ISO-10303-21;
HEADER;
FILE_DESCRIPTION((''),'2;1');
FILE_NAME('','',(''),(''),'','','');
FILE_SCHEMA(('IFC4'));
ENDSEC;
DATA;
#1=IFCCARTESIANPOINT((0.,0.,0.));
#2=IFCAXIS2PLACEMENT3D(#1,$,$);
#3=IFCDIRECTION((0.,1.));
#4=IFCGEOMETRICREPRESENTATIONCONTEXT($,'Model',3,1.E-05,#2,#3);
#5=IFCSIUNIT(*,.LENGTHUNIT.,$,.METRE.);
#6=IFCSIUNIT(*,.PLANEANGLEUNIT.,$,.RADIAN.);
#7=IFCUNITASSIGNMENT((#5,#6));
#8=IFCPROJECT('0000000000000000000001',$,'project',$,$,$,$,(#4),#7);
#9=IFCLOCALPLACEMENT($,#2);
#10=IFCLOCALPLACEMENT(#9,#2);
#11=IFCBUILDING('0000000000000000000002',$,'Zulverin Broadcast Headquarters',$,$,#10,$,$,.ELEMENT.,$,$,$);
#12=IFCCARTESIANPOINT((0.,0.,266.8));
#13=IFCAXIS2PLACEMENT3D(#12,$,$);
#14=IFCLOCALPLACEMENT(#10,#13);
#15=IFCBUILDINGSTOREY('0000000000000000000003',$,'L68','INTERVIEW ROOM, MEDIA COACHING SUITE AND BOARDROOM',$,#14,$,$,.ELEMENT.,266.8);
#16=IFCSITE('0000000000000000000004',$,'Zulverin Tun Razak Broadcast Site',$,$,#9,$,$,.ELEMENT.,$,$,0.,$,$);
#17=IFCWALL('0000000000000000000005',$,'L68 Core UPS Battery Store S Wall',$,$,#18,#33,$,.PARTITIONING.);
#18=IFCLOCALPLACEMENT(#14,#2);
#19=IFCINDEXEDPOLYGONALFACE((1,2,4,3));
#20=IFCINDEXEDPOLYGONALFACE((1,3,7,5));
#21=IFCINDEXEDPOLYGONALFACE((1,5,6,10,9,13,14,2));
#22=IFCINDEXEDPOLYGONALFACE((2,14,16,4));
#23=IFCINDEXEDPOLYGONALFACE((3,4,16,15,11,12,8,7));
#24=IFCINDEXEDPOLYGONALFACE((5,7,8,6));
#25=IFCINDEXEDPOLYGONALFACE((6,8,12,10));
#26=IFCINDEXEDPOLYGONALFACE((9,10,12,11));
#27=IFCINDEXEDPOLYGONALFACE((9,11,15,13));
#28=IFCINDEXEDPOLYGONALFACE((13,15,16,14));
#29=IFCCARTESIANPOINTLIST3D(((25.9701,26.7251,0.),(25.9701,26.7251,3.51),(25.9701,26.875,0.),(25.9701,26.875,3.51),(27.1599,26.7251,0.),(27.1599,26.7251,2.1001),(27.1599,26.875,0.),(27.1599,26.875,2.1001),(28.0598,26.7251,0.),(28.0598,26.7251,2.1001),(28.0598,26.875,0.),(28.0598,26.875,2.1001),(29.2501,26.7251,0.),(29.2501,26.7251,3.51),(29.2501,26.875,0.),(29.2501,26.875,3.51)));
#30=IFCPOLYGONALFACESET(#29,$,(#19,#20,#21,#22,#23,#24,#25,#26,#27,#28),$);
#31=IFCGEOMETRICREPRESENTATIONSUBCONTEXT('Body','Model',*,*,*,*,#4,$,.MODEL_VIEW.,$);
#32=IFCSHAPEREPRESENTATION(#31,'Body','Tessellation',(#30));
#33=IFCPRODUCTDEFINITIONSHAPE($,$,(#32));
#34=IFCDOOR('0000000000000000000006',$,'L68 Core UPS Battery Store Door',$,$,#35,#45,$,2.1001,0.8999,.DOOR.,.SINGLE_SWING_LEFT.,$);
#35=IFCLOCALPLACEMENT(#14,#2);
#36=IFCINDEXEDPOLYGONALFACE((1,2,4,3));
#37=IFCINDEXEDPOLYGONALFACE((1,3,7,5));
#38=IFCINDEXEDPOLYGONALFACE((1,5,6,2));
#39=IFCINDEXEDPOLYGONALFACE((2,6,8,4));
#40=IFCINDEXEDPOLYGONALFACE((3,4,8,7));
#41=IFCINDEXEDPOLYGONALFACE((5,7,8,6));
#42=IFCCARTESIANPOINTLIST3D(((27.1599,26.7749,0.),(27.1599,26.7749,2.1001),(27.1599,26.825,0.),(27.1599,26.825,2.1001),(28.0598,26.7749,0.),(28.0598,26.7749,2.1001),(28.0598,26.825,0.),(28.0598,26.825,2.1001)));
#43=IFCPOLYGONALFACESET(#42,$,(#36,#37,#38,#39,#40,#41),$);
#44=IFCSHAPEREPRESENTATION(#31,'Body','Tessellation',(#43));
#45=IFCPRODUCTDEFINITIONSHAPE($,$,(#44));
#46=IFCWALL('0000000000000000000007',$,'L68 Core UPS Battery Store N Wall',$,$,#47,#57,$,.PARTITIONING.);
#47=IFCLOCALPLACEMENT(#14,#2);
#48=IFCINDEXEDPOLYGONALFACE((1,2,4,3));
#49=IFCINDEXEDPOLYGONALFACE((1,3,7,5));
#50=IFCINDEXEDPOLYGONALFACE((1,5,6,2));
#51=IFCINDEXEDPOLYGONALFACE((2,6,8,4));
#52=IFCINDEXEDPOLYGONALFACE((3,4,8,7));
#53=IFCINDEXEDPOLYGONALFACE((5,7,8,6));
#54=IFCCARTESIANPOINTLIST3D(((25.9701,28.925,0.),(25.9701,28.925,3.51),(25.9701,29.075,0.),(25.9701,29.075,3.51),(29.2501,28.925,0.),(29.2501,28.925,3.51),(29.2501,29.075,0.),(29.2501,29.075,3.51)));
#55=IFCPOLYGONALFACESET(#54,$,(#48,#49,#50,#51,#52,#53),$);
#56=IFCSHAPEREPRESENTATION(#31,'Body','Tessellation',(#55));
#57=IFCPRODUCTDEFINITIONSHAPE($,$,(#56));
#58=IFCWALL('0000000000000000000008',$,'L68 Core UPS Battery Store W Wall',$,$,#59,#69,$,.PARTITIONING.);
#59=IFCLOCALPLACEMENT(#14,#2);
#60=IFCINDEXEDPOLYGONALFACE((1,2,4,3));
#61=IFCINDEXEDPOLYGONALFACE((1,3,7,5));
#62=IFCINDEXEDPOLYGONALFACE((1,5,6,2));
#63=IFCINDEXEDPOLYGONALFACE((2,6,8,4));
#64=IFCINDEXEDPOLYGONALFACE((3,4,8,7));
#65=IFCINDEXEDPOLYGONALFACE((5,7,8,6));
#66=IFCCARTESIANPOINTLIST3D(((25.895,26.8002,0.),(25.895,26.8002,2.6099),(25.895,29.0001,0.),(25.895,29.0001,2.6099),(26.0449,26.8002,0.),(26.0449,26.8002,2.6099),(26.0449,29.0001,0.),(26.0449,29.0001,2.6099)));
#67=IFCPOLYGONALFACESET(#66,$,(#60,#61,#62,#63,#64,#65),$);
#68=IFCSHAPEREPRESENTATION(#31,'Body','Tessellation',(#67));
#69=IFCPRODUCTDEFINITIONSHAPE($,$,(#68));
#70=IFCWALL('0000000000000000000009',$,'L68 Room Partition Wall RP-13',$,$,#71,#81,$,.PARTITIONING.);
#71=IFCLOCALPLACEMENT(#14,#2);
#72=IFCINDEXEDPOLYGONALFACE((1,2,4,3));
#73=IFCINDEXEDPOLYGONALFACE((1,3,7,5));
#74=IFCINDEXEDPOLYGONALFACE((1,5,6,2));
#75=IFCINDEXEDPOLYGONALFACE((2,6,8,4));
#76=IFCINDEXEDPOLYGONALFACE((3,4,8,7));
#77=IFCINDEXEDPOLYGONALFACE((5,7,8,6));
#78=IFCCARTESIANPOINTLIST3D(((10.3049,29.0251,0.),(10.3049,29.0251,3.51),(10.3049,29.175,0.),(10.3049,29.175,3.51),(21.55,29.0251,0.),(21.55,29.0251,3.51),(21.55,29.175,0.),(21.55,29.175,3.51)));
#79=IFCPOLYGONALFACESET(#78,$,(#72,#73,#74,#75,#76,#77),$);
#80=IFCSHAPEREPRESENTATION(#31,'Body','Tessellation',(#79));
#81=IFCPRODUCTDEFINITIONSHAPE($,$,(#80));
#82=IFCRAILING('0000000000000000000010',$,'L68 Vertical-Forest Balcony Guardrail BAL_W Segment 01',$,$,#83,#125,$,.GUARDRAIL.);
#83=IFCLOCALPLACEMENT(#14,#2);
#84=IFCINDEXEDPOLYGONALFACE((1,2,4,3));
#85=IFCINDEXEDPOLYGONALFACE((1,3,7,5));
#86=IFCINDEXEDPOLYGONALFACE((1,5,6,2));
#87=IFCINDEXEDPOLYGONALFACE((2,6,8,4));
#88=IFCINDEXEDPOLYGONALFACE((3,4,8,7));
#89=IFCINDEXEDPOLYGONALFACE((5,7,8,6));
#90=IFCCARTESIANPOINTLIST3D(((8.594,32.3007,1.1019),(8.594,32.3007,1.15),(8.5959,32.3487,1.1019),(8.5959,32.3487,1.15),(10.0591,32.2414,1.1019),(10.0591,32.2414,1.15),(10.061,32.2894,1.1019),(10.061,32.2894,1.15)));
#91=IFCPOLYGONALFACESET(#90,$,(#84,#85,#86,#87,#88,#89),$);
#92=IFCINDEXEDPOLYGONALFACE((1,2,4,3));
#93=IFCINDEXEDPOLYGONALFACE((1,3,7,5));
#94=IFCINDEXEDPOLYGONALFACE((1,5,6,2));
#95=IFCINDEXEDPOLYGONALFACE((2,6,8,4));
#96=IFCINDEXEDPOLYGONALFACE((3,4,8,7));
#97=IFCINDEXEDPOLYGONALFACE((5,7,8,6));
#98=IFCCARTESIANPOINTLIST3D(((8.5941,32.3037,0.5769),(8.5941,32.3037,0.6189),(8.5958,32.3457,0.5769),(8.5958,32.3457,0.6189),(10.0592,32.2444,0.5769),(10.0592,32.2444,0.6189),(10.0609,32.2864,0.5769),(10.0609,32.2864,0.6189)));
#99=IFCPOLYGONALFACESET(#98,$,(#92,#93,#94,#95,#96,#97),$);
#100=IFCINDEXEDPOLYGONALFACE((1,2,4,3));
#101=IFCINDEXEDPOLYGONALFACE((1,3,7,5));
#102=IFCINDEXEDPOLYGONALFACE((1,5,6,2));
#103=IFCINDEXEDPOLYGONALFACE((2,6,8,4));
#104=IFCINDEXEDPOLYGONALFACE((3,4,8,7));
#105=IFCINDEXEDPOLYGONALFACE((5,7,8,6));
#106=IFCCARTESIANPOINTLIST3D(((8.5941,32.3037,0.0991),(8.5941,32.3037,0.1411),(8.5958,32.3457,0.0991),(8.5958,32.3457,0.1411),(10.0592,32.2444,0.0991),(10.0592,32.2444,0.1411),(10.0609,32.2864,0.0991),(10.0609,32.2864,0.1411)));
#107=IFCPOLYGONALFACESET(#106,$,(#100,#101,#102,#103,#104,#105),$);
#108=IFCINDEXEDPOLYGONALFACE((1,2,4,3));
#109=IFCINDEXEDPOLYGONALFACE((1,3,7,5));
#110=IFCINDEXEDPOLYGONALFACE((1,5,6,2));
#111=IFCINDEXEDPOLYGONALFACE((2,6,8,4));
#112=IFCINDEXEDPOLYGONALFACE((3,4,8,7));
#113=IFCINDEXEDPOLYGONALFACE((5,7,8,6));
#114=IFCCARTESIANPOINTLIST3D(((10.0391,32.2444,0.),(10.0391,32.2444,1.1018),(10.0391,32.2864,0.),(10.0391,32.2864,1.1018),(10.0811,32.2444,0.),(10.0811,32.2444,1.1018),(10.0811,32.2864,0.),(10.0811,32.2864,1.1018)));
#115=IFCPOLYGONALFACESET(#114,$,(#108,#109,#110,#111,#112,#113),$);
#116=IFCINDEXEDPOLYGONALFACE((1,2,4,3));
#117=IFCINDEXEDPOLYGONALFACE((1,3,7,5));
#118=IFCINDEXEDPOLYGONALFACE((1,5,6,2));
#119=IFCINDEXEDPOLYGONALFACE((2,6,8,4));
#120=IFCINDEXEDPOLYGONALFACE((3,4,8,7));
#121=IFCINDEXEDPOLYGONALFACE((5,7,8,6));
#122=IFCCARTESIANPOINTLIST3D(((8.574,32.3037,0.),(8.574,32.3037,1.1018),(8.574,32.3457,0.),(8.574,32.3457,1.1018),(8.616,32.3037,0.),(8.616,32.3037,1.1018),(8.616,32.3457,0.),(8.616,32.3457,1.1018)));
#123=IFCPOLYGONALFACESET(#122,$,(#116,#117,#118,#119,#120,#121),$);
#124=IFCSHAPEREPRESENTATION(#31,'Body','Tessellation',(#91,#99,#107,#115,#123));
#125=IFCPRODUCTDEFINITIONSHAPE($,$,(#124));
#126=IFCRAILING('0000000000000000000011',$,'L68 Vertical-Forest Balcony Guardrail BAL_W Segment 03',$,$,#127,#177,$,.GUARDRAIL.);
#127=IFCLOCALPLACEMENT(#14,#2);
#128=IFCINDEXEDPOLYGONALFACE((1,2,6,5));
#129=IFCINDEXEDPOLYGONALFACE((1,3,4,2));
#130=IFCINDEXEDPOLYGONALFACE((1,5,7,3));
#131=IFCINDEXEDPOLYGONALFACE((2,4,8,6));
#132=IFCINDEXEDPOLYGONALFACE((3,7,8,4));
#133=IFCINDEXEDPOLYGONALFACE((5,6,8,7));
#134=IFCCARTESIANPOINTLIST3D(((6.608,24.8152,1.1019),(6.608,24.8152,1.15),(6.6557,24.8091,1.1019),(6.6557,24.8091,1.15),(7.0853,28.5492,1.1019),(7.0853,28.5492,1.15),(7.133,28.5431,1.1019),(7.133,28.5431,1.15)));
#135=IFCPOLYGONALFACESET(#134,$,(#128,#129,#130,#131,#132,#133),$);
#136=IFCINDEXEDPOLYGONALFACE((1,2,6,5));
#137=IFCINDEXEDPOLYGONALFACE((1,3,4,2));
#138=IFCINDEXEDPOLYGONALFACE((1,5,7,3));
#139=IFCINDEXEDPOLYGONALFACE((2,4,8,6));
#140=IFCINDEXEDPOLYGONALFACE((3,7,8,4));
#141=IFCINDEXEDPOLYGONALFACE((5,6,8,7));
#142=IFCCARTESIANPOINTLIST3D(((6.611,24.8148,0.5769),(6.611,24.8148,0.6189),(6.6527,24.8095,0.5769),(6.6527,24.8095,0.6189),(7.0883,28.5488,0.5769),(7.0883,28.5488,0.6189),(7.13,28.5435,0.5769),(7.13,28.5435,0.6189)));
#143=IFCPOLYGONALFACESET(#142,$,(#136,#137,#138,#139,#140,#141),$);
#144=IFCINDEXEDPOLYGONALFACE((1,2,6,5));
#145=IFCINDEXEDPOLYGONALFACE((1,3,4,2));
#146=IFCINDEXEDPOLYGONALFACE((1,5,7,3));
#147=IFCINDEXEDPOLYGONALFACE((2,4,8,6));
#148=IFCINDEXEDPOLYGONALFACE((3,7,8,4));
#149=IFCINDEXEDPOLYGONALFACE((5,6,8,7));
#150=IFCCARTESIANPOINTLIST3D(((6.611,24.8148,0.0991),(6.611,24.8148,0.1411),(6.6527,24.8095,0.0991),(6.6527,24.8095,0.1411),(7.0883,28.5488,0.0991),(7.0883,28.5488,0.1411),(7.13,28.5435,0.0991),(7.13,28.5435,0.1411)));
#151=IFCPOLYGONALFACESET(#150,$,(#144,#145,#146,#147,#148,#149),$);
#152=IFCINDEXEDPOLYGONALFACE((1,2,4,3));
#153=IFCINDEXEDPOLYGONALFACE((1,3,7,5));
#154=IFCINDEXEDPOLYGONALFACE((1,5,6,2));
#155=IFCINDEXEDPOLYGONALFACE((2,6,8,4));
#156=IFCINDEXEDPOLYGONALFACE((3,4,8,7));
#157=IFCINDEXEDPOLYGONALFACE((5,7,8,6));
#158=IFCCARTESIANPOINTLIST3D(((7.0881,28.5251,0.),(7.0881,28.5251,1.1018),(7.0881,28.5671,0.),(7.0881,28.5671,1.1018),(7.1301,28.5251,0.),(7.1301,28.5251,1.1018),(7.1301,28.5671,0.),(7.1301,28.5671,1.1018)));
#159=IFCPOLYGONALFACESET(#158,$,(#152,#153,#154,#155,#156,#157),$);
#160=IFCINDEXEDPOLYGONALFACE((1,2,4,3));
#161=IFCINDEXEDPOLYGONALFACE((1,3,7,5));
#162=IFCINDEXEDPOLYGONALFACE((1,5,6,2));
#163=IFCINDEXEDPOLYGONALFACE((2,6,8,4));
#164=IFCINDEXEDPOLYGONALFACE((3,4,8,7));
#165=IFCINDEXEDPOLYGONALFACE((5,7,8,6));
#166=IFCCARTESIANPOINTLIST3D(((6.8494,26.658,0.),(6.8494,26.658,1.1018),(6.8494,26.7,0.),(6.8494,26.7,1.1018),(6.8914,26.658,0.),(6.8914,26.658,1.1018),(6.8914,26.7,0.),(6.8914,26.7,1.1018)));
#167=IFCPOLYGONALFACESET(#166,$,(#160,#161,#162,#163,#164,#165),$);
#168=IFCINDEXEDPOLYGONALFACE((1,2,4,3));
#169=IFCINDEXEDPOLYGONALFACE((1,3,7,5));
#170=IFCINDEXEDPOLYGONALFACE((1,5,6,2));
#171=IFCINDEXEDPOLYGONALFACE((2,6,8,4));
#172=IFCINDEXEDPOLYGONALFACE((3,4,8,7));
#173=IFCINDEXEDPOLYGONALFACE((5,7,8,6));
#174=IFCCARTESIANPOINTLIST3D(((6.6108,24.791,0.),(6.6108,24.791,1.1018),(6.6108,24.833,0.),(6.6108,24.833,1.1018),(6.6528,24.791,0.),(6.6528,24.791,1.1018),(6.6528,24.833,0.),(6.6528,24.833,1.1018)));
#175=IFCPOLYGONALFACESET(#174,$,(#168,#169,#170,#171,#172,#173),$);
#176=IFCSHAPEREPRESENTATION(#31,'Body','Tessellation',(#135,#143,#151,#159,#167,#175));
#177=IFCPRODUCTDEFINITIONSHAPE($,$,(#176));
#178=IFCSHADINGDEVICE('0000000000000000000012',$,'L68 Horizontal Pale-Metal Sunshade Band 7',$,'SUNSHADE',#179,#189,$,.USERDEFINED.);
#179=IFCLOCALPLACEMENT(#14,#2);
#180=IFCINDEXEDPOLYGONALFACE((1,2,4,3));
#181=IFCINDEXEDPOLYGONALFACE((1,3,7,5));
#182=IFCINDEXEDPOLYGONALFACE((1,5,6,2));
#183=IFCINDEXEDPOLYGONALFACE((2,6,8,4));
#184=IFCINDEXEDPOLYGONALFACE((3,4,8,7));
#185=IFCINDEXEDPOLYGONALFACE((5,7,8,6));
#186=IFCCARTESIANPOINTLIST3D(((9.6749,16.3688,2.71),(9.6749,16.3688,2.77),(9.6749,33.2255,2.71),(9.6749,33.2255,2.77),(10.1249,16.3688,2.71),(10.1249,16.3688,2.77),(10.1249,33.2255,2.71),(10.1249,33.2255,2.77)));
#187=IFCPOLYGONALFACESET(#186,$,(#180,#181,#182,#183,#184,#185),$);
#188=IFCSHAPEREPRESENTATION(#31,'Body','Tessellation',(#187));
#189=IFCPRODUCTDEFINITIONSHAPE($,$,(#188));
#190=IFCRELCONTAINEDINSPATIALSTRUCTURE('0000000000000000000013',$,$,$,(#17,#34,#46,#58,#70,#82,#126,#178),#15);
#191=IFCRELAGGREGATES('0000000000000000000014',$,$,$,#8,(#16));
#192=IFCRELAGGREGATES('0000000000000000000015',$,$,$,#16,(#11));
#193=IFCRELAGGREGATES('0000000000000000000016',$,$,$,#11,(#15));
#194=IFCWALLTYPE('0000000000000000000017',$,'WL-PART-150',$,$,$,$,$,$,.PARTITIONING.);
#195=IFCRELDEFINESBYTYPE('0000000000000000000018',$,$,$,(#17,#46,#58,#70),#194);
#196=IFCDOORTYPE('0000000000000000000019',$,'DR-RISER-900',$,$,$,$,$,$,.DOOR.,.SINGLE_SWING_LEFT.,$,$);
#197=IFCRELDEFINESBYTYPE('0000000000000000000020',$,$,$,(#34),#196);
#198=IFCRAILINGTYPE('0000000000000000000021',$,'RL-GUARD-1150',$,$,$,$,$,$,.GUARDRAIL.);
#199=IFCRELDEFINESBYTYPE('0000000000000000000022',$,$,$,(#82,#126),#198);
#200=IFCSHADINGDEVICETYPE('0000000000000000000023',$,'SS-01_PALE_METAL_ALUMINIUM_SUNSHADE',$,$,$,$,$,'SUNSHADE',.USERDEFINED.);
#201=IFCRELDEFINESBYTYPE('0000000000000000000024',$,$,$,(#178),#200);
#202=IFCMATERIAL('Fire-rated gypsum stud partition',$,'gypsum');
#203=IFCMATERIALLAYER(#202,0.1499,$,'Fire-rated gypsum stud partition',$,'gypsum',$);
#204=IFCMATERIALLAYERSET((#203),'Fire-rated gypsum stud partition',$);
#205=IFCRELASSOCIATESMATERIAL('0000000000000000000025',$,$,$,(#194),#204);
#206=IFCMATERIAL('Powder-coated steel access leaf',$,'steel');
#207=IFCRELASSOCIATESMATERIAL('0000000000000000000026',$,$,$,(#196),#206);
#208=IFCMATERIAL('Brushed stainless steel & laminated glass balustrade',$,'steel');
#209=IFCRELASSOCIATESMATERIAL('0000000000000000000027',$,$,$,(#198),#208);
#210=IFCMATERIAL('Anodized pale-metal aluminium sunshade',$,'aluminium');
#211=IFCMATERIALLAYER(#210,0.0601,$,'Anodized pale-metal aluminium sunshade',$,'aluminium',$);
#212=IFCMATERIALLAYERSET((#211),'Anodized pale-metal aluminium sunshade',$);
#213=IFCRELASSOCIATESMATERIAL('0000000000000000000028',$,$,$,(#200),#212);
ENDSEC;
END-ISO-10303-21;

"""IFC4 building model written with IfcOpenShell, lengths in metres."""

from ifc_helpers import new_model, si_unit, direction, frame, frame_2d, origin, origin_2d, place, context, subcontext, project, spatial, rectangle, extrude, material, layer, layer_set, type_object, element, fill, save


model = new_model("IFC4")

# Units and contexts
model_context = context("Model", 3, precision=1e-05, world=origin(), true_north=direction((0.0, 1.0)))
body_context = subcontext(model_context, "Body", "Model", "MODEL_VIEW")
ifc_project = project(units=[si_unit("LENGTHUNIT", "METRE"), si_unit("PLANEANGLEUNIT", "RADIAN")], contexts=[model_context])

# Site, building, storey
site_placement = place(None, origin())
site = spatial("IfcSite", under=ifc_project, at=site_placement, Name="Zulverin Tun Razak Broadcast Site", CompositionType="ELEMENT", RefElevation=0.0)
building_placement = place(site_placement, origin())
building = spatial("IfcBuilding", under=site, at=building_placement, Name="Zulverin Broadcast Headquarters", CompositionType="ELEMENT")
storey_placement = place(building_placement, frame((0.0, 0.0, 266.8)))
storey = spatial("IfcBuildingStorey", under=building, at=storey_placement, Name="L68", Description="INTERVIEW ROOM, MEDIA COACHING SUITE AND BOARDROOM", CompositionType="ELEMENT", Elevation=266.8)

# Shared definitions
ifc_material_1 = material(Name="Fire-rated gypsum stud partition", Category="gypsum")
ifc_layer_1 = layer(ifc_material_1, 0.1499, Name="Fire-rated gypsum stud partition", Category="gypsum")
ifc_layer_set_1 = layer_set([ifc_layer_1], Name="Fire-rated gypsum stud partition")
wall_type = type_object("IfcWallType", Name="WL-PART-150", PredefinedType="PARTITIONING", material=ifc_layer_set_1)

# Wall, opening, door
wall_1_placement = place(storey_placement, frame((25.97, 26.8, 0.0), z_axis=(0.0, 0.0, 1.0), x_axis=(1.0, 0.0, 0.0)))
wall_1 = element("IfcWall", 1, at=wall_1_placement, inside=storey, type_object=wall_type, Name="L68 Core UPS Battery Store S Wall", PredefinedType="PARTITIONING", context=body_context, shape_type="SweptSolid", body=[
    extrude(rectangle(XDim=3.28, YDim=0.1499, at=frame_2d((1.6401, 0.0))), origin(), (0.0, 0.0, 1.0), 3.51),
])
opening_1_placement = place(wall_1_placement, frame((1.1899, 0.0, 0.0)))
opening_1 = element("IfcOpeningElement", 2, at=opening_1_placement, cuts=wall_1, PredefinedType="OPENING", context=body_context, shape_type="SweptSolid", body=[
    extrude(rectangle(XDim=0.8999, YDim=2.1001, at=frame_2d((0.45, 1.05))), frame((0.0, 0.085, 0.0), z_axis=(0.0, -1.0, 0.0), x_axis=(1.0, 0.0, 0.0)), (0.0, 0.0, 1.0), 0.1699),
])
ifc_material_2 = material(Name="Powder-coated steel access leaf", Category="steel")
door_type_1 = type_object("IfcDoorType", Name="DR-RISER-900", OperationType="SINGLE_SWING_LEFT", PredefinedType="DOOR", material=ifc_material_2)
door_1_placement = place(opening_1_placement, origin())
door_1 = element("IfcDoor", 3, at=door_1_placement, inside=storey, type_object=door_type_1, Name="L68 Core UPS Battery Store Door", OperationType="SINGLE_SWING_LEFT", OverallHeight=2.1001, OverallWidth=0.8999, PredefinedType="DOOR", context=body_context, shape_type="SweptSolid", body=[
    extrude(rectangle(XDim=0.8999, YDim=2.1001, at=frame_2d((0.45, 1.05))), frame((0.0, 0.0249, 0.0), z_axis=(0.0, -1.0, 0.0), x_axis=(1.0, 0.0, 0.0)), (0.0, 0.0, 1.0), 0.05),
])
fill(opening_1, door_1)

# Walls
wall_2_placement = place(storey_placement, frame((25.97, 29.0, 0.0), z_axis=(0.0, 0.0, 1.0), x_axis=(1.0, 0.0, 0.0)))
element("IfcWall", 4, at=wall_2_placement, inside=storey, type_object=wall_type, Name="L68 Core UPS Battery Store N Wall", PredefinedType="PARTITIONING", context=body_context, shape_type="SweptSolid", body=[
    extrude(rectangle(XDim=3.28, YDim=0.1499, at=frame_2d((1.6401, 0.0))), origin(), (0.0, 0.0, 1.0), 3.51),
])
wall_3_placement = place(storey_placement, frame((25.97, 26.8, 0.0), z_axis=(0.0, 0.0, 1.0), x_axis=(0.0, 1.0, 0.0)))
element("IfcWall", 5, at=wall_3_placement, inside=storey, type_object=wall_type, Name="L68 Core UPS Battery Store W Wall", PredefinedType="PARTITIONING", context=body_context, shape_type="SweptSolid", body=[
    extrude(rectangle(XDim=2.2, YDim=0.1499, at=frame_2d((1.1001, 0.0))), origin(), (0.0, 0.0, 1.0), 2.6099),
])
wall_4_placement = place(storey_placement, frame((10.3049, 29.1001, 0.0), z_axis=(0.0, 0.0, 1.0), x_axis=(1.0, 0.0, 0.0)))
element("IfcWall", 6, at=wall_4_placement, inside=storey, type_object=wall_type, Name="L68 Room Partition Wall RP-13", PredefinedType="PARTITIONING", context=body_context, shape_type="SweptSolid", body=[
    extrude(rectangle(XDim=11.2451, YDim=0.1499, at=frame_2d((5.6226, 0.0))), origin(), (0.0, 0.0, 1.0), 3.51),
])

# Railings
ifc_material_3 = material(Name="Brushed stainless steel & laminated glass balustrade", Category="steel")
railing_type = type_object("IfcRailingType", Name="RL-GUARD-1150", PredefinedType="GUARDRAIL", material=ifc_material_3)
railing_1_placement = place(storey_placement, frame((10.0601, 32.2654, 0.0)))
element("IfcRailing", 7, at=railing_1_placement, inside=storey, type_object=railing_type, Name="L68 Vertical-Forest Balcony Guardrail BAL_W Segment 01", PredefinedType="GUARDRAIL", context=body_context, shape_type="SweptSolid", body=[
    extrude(rectangle(XDim=0.0481, YDim=0.0481, at=origin_2d()), frame((0.0, 0.0, 1.126), z_axis=(-0.999181, 0.04046, 0.0), x_axis=(-0.04046, -0.999181, 0.0)), (0.0, 0.0, 1.0), 1.4663),
    extrude(rectangle(XDim=0.042, YDim=0.042, at=origin_2d()), frame((0.0, 0.0, 0.5979), z_axis=(-0.999181, 0.04046, 0.0), x_axis=(-0.04046, -0.999181, 0.0)), (0.0, 0.0, 1.0), 1.4663),
    extrude(rectangle(XDim=0.042, YDim=0.042, at=origin_2d()), frame((0.0, 0.0, 0.1201), z_axis=(-0.999181, 0.04046, 0.0), x_axis=(-0.04046, -0.999181, 0.0)), (0.0, 0.0, 1.0), 1.4663),
    extrude(rectangle(XDim=0.042, YDim=0.042, at=origin_2d()), origin(), (0.0, 0.0, 1.0), 1.1018),
    extrude(rectangle(XDim=0.042, YDim=0.042, at=origin_2d()), frame((-1.4651, 0.0593, 0.0)), (0.0, 0.0, 1.0), 1.1018),
])
railing_2_placement = place(storey_placement, frame((7.1091, 28.5461, 0.0)))
element("IfcRailing", 8, at=railing_2_placement, inside=storey, type_object=railing_type, Name="L68 Vertical-Forest Balcony Guardrail BAL_W Segment 03", PredefinedType="GUARDRAIL", context=body_context, shape_type="SweptSolid", body=[
    extrude(rectangle(XDim=0.0481, YDim=0.0481, at=origin_2d()), frame((0.0, 0.0, 1.126), z_axis=(-0.126788, -0.99193, 0.0), x_axis=(0.99193, -0.126788, 0.0)), (0.0, 0.0, 1.0), 3.7644),
    extrude(rectangle(XDim=0.042, YDim=0.042, at=origin_2d()), frame((0.0, 0.0, 0.5979), z_axis=(-0.126788, -0.99193, 0.0), x_axis=(0.99193, -0.126788, 0.0)), (0.0, 0.0, 1.0), 3.7644),
    extrude(rectangle(XDim=0.042, YDim=0.042, at=origin_2d()), frame((0.0, 0.0, 0.1201), z_axis=(-0.126788, -0.99193, 0.0), x_axis=(0.99193, -0.126788, 0.0)), (0.0, 0.0, 1.0), 3.7644),
    extrude(rectangle(XDim=0.042, YDim=0.042, at=origin_2d()), origin(), (0.0, 0.0, 1.0), 1.1018),
    extrude(rectangle(XDim=0.042, YDim=0.042, at=origin_2d()), frame((-0.2388, -1.8672, 0.0)), (0.0, 0.0, 1.0), 1.1018),
    extrude(rectangle(XDim=0.042, YDim=0.042, at=origin_2d()), frame((-0.4773, -3.7341, 0.0)), (0.0, 0.0, 1.0), 1.1018),
])

# Shading device
ifc_material_4 = material(Name="Anodized pale-metal aluminium sunshade", Category="aluminium")
ifc_layer_2 = layer(ifc_material_4, 0.0601, Name="Anodized pale-metal aluminium sunshade", Category="aluminium")
ifc_layer_set_2 = layer_set([ifc_layer_2], Name="Anodized pale-metal aluminium sunshade")
shading_device_type = type_object("IfcShadingDeviceType", Name="SS-01_PALE_METAL_ALUMINIUM_SUNSHADE", ElementType="SUNSHADE", PredefinedType="USERDEFINED", material=ifc_layer_set_2)
shading_device_placement = place(storey_placement, frame((9.8999, 24.7971, 2.71), z_axis=(0.0, 0.0, 1.0), x_axis=(0.0, -1.0, 0.0)))
element("IfcShadingDevice", 9, at=shading_device_placement, inside=storey, type_object=shading_device_type, Name="L68 Horizontal Pale-Metal Sunshade Band 7", ObjectType="SUNSHADE", PredefinedType="USERDEFINED", context=body_context, shape_type="SweptSolid", body=[
    extrude(rectangle(XDim=16.8567, YDim=0.45, at=origin_2d()), origin(), (0.0, 0.0, 1.0), 0.0601),
])

save(model, "model.ifc")
